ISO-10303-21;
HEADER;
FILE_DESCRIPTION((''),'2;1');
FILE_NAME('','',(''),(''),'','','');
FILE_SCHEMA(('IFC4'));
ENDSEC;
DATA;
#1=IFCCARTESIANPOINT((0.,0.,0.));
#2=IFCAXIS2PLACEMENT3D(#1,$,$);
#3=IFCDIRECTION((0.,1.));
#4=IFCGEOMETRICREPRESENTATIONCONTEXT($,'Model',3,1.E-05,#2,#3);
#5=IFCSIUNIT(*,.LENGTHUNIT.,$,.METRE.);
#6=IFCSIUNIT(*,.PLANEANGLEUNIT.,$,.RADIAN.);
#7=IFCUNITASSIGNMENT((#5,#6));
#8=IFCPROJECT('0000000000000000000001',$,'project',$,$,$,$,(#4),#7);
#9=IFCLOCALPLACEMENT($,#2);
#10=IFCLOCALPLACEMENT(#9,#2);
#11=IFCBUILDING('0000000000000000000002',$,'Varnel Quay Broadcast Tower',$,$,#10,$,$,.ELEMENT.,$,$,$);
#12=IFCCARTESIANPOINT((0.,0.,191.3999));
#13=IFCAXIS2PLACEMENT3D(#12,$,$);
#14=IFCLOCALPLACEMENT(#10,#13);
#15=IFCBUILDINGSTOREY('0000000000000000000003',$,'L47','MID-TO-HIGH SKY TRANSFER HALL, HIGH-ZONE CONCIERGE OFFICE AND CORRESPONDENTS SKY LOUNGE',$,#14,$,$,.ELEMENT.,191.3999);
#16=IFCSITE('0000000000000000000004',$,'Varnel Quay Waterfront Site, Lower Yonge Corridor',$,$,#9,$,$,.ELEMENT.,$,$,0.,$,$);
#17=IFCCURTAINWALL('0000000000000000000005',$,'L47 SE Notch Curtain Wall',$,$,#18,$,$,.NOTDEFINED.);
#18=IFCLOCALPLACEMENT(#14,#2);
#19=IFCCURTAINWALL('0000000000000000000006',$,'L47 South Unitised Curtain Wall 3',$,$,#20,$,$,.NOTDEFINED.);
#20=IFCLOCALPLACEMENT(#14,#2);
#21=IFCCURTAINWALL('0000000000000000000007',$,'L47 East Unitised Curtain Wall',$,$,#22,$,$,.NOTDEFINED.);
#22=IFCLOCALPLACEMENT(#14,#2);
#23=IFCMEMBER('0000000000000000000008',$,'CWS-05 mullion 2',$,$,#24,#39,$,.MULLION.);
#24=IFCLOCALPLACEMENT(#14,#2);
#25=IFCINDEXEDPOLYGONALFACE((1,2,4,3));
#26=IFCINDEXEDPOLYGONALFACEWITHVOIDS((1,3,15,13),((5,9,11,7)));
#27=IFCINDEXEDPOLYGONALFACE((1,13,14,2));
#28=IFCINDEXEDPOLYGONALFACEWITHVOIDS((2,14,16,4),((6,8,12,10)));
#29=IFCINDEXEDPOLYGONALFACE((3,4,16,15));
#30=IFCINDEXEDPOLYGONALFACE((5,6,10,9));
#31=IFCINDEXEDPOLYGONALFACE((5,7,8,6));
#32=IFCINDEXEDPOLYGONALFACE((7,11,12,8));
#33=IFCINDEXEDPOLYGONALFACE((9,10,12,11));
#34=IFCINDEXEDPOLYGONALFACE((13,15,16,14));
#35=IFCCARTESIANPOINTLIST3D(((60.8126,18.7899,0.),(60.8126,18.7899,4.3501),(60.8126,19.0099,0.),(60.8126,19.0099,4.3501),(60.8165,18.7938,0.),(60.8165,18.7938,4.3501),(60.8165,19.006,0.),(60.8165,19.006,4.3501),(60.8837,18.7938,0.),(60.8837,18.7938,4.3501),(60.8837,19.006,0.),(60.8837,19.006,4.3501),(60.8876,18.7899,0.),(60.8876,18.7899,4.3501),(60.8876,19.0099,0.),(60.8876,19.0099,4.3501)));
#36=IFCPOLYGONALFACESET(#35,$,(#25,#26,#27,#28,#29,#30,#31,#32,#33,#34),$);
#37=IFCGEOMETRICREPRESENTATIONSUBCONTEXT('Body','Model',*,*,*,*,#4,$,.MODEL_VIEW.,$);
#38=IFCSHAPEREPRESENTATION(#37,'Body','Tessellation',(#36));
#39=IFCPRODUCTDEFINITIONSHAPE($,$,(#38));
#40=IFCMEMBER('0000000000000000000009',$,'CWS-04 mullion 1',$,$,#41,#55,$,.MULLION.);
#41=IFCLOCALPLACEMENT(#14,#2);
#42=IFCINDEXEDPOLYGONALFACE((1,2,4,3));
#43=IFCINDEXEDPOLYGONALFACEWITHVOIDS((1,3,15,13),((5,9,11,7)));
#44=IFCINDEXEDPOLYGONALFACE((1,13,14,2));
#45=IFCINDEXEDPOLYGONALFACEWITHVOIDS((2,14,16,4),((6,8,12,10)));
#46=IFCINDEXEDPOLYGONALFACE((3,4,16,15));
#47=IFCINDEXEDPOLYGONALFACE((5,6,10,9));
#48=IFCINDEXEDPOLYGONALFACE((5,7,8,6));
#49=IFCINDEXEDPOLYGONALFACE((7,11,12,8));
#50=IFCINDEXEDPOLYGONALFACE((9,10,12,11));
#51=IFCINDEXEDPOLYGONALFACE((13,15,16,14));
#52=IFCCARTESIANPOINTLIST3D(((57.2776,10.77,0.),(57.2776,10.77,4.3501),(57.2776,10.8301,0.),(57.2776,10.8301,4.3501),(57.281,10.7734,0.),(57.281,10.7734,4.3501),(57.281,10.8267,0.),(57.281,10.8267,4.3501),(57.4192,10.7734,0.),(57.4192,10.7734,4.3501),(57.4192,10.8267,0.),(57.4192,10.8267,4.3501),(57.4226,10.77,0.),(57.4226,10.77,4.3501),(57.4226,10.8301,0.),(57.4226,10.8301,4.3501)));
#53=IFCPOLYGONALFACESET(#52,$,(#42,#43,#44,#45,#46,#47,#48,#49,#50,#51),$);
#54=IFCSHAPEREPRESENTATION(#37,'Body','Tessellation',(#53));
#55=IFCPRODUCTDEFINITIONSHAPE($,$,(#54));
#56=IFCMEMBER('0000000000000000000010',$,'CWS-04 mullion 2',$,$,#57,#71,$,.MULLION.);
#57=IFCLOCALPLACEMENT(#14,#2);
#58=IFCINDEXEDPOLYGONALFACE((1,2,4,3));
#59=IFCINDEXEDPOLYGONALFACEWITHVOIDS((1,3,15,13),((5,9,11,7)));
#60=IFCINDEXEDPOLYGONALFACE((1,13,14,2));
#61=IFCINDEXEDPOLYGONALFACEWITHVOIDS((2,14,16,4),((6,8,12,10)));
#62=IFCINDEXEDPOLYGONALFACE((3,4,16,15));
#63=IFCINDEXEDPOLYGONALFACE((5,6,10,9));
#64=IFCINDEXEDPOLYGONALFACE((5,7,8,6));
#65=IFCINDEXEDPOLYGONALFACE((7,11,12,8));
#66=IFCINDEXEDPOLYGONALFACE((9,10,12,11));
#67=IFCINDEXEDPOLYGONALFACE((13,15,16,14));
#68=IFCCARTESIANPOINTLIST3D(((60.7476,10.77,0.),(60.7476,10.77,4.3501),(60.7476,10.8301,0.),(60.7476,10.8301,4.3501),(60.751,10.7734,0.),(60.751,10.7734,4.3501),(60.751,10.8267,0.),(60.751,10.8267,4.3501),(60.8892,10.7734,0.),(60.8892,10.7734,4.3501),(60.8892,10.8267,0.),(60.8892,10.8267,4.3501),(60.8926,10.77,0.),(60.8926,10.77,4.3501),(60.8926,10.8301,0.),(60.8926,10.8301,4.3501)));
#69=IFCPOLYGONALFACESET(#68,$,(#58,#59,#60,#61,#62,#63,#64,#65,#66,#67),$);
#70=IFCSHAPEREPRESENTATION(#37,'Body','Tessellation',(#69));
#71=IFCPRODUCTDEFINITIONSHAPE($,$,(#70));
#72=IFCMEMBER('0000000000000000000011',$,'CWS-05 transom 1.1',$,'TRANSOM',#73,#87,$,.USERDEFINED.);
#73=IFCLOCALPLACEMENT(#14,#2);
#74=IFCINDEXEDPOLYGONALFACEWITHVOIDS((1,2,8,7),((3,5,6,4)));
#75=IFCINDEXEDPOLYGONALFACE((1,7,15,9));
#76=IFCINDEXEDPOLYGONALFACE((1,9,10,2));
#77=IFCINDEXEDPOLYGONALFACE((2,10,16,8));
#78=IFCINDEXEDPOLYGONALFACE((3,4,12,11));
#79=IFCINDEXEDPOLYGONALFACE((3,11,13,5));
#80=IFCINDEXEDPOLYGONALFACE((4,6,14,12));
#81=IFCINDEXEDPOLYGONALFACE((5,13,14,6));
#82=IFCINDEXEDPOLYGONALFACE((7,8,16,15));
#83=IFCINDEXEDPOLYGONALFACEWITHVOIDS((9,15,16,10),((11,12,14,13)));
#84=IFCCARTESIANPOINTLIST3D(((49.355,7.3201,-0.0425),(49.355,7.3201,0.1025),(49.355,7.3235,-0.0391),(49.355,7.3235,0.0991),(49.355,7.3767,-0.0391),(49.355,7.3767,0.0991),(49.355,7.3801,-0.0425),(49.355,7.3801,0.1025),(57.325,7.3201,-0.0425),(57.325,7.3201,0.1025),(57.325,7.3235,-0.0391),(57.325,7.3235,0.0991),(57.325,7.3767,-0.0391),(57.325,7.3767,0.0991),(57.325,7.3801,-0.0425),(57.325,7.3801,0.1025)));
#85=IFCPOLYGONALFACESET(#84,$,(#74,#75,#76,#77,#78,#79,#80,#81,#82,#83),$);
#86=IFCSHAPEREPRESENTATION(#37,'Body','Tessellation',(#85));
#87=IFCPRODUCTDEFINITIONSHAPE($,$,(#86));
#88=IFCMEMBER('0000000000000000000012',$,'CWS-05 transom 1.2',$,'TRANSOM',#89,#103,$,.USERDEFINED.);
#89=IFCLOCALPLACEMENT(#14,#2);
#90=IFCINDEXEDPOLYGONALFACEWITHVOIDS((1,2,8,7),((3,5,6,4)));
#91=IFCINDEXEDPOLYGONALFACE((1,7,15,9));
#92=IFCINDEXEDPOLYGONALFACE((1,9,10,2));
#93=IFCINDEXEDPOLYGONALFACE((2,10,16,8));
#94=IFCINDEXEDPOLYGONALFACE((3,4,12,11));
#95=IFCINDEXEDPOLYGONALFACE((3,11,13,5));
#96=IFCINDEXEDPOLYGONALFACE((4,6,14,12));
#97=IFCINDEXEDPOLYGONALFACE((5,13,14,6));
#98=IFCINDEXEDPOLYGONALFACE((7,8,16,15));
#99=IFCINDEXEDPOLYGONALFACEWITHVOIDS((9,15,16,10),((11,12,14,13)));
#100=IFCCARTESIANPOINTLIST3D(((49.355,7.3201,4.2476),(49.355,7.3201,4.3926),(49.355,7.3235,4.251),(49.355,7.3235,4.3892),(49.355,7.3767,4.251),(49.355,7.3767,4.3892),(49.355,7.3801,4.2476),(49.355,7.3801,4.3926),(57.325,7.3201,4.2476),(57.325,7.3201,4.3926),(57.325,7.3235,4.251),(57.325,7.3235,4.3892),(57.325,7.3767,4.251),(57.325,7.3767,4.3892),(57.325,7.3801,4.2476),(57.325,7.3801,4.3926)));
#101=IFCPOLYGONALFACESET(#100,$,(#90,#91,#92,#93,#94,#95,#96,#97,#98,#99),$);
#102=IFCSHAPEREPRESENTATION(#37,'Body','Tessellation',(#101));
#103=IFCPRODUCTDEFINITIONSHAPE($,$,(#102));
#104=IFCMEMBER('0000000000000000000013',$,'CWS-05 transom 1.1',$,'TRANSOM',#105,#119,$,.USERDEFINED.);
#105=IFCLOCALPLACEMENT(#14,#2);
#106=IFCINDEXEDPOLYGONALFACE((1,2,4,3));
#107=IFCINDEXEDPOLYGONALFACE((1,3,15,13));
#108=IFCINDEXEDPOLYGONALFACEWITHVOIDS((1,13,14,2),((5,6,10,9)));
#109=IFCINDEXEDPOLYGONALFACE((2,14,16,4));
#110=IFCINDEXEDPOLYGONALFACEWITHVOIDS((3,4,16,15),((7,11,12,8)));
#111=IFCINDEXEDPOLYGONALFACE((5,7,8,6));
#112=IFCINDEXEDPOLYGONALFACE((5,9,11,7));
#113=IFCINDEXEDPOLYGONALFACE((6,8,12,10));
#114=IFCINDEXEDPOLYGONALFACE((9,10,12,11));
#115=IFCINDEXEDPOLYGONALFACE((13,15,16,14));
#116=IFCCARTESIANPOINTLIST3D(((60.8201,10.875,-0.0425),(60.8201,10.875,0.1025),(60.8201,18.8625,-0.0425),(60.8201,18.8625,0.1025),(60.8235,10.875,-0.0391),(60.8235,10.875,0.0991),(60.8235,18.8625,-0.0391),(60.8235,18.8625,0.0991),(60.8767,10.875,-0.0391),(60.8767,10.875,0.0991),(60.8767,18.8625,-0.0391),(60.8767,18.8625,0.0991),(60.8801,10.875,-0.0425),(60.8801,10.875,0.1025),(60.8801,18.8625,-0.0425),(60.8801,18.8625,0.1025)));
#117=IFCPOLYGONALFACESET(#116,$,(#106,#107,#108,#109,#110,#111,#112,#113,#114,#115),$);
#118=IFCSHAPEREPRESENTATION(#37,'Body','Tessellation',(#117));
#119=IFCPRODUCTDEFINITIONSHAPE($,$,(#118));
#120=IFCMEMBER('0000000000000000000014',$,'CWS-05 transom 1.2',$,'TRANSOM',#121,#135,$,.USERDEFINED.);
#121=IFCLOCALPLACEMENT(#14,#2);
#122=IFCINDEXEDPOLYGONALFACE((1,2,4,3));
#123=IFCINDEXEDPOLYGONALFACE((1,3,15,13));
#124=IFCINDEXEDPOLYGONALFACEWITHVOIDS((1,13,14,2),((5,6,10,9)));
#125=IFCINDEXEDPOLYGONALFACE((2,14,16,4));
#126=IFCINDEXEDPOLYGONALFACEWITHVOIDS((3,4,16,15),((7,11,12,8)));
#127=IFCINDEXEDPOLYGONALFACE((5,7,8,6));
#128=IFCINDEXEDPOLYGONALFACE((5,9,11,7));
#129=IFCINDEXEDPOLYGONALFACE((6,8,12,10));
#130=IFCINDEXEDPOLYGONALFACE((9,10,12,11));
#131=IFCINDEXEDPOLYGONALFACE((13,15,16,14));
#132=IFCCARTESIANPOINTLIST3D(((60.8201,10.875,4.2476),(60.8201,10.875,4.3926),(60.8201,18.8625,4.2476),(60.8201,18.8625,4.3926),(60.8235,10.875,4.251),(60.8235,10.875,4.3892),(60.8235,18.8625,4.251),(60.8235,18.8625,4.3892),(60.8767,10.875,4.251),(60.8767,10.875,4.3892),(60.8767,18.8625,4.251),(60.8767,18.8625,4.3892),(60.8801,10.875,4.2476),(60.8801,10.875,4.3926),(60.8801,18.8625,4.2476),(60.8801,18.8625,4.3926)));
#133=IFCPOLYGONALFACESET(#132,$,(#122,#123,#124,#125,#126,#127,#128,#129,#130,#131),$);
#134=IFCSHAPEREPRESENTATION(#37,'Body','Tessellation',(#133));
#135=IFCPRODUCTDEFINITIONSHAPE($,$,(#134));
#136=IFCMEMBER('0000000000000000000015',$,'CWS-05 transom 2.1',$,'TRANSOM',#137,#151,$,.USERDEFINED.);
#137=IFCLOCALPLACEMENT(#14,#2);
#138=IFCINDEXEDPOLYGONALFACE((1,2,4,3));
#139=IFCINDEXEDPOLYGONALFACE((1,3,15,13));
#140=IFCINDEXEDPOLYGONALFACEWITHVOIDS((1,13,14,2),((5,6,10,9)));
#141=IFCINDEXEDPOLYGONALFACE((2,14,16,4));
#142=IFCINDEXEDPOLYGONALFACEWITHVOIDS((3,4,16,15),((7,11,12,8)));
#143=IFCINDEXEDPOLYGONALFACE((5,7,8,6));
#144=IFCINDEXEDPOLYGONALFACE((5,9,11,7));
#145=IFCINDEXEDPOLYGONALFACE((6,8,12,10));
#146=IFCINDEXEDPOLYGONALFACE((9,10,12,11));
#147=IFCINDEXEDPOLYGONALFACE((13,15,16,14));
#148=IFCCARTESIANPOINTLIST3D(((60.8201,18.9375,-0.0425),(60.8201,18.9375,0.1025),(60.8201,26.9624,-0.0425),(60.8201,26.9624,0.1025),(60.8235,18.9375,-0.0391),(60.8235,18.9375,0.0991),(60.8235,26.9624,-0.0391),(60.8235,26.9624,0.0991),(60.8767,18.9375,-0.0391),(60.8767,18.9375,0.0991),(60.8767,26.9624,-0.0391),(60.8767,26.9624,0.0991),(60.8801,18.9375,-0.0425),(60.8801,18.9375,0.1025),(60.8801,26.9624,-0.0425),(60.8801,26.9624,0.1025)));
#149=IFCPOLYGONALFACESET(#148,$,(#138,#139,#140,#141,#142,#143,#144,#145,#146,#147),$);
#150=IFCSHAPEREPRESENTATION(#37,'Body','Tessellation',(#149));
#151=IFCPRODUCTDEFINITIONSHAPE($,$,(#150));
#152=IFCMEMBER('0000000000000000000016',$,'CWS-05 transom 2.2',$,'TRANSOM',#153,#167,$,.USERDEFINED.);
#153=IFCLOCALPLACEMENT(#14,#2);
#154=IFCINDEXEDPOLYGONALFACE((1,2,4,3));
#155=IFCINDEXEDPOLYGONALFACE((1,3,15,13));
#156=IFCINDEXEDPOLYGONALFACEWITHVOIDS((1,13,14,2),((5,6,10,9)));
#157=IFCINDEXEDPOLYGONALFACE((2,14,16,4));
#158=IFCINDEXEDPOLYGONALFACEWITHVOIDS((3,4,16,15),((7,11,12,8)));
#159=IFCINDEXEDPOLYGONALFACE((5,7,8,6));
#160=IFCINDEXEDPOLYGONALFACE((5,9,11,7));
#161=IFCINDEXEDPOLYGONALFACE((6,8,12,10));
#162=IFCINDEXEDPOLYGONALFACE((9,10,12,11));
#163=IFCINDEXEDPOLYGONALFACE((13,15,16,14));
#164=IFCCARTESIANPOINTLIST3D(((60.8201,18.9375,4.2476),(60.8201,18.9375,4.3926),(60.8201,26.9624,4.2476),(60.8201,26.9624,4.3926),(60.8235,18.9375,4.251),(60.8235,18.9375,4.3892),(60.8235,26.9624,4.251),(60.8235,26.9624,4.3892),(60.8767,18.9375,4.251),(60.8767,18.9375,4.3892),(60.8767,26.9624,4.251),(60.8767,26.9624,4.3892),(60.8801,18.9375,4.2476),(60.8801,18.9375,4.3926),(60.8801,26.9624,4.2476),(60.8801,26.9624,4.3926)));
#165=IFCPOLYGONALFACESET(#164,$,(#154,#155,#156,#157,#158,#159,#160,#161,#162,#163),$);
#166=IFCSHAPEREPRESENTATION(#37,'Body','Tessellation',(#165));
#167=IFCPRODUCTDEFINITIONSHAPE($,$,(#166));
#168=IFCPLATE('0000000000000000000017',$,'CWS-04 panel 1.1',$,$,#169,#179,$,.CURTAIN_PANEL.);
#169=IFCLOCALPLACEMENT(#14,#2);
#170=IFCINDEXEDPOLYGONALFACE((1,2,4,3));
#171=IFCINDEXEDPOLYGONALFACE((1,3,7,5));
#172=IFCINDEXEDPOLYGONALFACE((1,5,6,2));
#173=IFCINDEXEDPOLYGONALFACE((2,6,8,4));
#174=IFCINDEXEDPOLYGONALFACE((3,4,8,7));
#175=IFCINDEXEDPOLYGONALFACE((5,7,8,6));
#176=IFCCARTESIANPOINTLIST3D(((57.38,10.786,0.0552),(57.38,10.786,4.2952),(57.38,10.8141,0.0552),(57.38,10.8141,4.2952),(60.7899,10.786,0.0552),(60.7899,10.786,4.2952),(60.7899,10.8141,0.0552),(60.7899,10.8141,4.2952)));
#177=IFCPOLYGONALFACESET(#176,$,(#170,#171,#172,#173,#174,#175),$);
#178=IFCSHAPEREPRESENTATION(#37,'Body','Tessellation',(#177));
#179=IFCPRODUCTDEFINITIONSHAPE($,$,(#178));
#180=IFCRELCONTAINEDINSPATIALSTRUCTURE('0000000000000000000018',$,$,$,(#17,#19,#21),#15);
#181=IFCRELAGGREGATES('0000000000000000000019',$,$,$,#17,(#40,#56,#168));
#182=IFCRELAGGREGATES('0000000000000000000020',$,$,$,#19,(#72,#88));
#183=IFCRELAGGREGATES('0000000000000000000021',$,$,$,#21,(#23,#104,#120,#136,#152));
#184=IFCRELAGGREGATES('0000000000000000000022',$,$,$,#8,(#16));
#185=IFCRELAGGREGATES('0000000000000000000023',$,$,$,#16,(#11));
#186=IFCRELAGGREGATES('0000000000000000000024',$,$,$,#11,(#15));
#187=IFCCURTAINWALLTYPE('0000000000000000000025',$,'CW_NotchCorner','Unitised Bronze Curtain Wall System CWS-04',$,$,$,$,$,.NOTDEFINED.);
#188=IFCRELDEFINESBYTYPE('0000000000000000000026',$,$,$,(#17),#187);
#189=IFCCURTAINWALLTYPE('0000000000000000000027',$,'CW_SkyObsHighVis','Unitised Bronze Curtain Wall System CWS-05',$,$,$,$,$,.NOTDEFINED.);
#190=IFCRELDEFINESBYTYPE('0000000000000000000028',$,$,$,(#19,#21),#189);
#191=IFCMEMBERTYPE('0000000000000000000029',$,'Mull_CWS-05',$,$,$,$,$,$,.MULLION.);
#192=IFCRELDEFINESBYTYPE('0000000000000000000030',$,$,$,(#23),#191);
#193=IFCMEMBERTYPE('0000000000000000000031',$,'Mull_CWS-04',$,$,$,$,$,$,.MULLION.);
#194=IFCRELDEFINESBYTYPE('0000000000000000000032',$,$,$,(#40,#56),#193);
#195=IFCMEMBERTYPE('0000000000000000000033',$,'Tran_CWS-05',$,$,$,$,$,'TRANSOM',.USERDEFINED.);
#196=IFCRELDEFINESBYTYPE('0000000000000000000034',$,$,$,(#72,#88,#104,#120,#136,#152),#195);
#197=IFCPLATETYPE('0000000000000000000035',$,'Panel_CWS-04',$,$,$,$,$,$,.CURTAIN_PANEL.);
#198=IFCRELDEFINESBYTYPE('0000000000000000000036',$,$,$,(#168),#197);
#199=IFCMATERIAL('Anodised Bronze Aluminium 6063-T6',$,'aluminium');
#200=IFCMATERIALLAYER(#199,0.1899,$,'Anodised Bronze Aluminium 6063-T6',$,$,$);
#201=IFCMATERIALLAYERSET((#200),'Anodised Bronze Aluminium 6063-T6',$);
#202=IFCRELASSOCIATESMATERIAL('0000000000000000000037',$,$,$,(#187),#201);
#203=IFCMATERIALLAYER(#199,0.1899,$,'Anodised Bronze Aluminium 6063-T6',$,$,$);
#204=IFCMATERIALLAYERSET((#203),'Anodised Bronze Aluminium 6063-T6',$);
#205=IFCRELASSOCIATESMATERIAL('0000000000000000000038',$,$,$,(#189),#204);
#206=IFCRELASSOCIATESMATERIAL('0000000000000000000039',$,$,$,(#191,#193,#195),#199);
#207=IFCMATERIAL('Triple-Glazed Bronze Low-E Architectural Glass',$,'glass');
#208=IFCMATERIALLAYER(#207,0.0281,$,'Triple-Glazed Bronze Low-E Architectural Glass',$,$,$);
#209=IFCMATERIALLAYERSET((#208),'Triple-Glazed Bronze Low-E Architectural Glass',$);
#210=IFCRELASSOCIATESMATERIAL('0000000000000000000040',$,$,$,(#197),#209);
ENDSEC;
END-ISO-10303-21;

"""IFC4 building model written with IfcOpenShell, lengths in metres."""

from ifc_helpers import new_model, si_unit, direction, frame, origin, origin_2d, place, context, subcontext, project, spatial, rectangle, hollow_rectangle, extrude, source, transform, mapped, material, layer, layer_set, material_profile, profile_set, type_object, type_shapes, element, aggregate, save


model = new_model("IFC4")

# Units and contexts
model_context = context("Model", 3, precision=1e-05, world=origin(), true_north=direction((0.0, 1.0)))
body_context = subcontext(model_context, "Body", "Model", "MODEL_VIEW")
ifc_project = project(units=[si_unit("LENGTHUNIT", "METRE"), si_unit("PLANEANGLEUNIT", "RADIAN")], contexts=[model_context])

# Site, building, storey
site_placement = place(None, origin())
site = spatial("IfcSite", under=ifc_project, at=site_placement, Name="Varnel Quay Waterfront Site, Lower Yonge Corridor", CompositionType="ELEMENT", RefElevation=0.0)
building_placement = place(site_placement, origin())
building = spatial("IfcBuilding", under=site, at=building_placement, Name="Varnel Quay Broadcast Tower", CompositionType="ELEMENT")
storey_placement = place(building_placement, frame((0.0, 0.0, 191.3999)))
storey = spatial("IfcBuildingStorey", under=building, at=storey_placement, Name="L47", Description="MID-TO-HIGH SKY TRANSFER HALL, HIGH-ZONE CONCIERGE OFFICE AND CORRESPONDENTS SKY LOUNGE", CompositionType="ELEMENT", Elevation=191.3999)

# Curtain walls, member
ifc_material_1 = material(Name="Anodised Bronze Aluminium 6063-T6", Category="aluminium")
ifc_layer_1 = layer(ifc_material_1, 0.1899, Name="Anodised Bronze Aluminium 6063-T6")
ifc_layer_set_1 = layer_set([ifc_layer_1], Name="Anodised Bronze Aluminium 6063-T6")
curtain_wall_type_1 = type_object("IfcCurtainWallType", Name="CW_NotchCorner", Description="Unitised Bronze Curtain Wall System CWS-04", PredefinedType="NOTDEFINED", material=ifc_layer_set_1)
curtain_wall_1_placement = place(storey_placement, origin())
curtain_wall_1 = element("IfcCurtainWall", 1, at=curtain_wall_1_placement, inside=storey, type_object=curtain_wall_type_1, Name="L47 SE Notch Curtain Wall", PredefinedType="NOTDEFINED")
ifc_layer_2 = layer(ifc_material_1, 0.1899, Name="Anodised Bronze Aluminium 6063-T6")
ifc_layer_set_2 = layer_set([ifc_layer_2], Name="Anodised Bronze Aluminium 6063-T6")
curtain_wall_type_2 = type_object("IfcCurtainWallType", Name="CW_SkyObsHighVis", Description="Unitised Bronze Curtain Wall System CWS-05", PredefinedType="NOTDEFINED", material=ifc_layer_set_2)
curtain_wall_2_placement = place(storey_placement, origin())
curtain_wall_2 = element("IfcCurtainWall", 2, at=curtain_wall_2_placement, inside=storey, type_object=curtain_wall_type_2, Name="L47 South Unitised Curtain Wall 3", PredefinedType="NOTDEFINED")
ifc_material_profile_1 = material_profile(ifc_material_1, hollow_rectangle(XDim=0.075, YDim=0.22, WallThickness=0.0039, at=origin_2d()), Name="ALU75X220X4")
ifc_profile_set_1 = profile_set([ifc_material_profile_1], Name="Anodised Bronze Aluminium 6063-T6")
member_type_1 = type_object("IfcMemberType", Name="Mull_CWS-05", PredefinedType="MULLION", material=ifc_profile_set_1)
shared_shape_1 = source(origin(), body_context, "Body", "SweptSolid", [
    extrude(hollow_rectangle(XDim=0.075, YDim=0.22, WallThickness=0.0039, at=origin_2d()), origin(), (0.0, 0.0, 1.0), 4.3501),
])
type_shapes(member_type_1, [shared_shape_1])
curtain_wall_3_placement = place(storey_placement, origin())
curtain_wall_3 = element("IfcCurtainWall", 3, at=curtain_wall_3_placement, inside=storey, type_object=curtain_wall_type_2, Name="L47 East Unitised Curtain Wall", PredefinedType="NOTDEFINED")
member_1_placement = place(storey_placement, frame((60.8501, 18.8999, 0.0), z_axis=(0.0, 0.0, 1.0), x_axis=(-1.0, 0.0, 0.0)))
member_1 = element("IfcMember", 4, at=member_1_placement, type_object=member_type_1, Name="CWS-05 mullion 2", PredefinedType="MULLION", context=body_context, shape_type="MappedRepresentation", body=[
    mapped(shared_shape_1, transform((0.0, 0.0, 0.0), x_axis=(1.0, 0.0, 0.0), y_axis=(0.0, 1.0, 0.0), z_axis=(0.0, 0.0, 1.0), scale=1.0)),
])

# Members
ifc_material_profile_2 = material_profile(ifc_material_1, hollow_rectangle(XDim=0.0601, YDim=0.145, WallThickness=0.0034, at=origin_2d()), Name="ALU60X145X3.5")
ifc_profile_set_2 = profile_set([ifc_material_profile_2], Name="Anodised Bronze Aluminium 6063-T6")
member_type_2 = type_object("IfcMemberType", Name="Mull_CWS-04", PredefinedType="MULLION", material=ifc_profile_set_2)
shared_shape_2 = source(origin(), body_context, "Body", "SweptSolid", [
    extrude(hollow_rectangle(XDim=0.0601, YDim=0.145, WallThickness=0.0034, at=origin_2d()), origin(), (0.0, 0.0, 1.0), 4.3501),
])
type_shapes(member_type_2, [shared_shape_2])
member_2_placement = place(storey_placement, frame((57.3501, 10.8, 0.0), z_axis=(0.0, 0.0, 1.0), x_axis=(0.0, 1.0, 0.0)))
member_2 = element("IfcMember", 5, at=member_2_placement, type_object=member_type_2, Name="CWS-04 mullion 1", PredefinedType="MULLION", context=body_context, shape_type="MappedRepresentation", body=[
    mapped(shared_shape_2, transform((0.0, 0.0, 0.0), x_axis=(1.0, 0.0, 0.0), y_axis=(0.0, 1.0, 0.0), z_axis=(0.0, 0.0, 1.0), scale=1.0)),
])
member_3_placement = place(storey_placement, frame((60.8201, 10.8, 0.0), z_axis=(0.0, 0.0, 1.0), x_axis=(0.0, 1.0, 0.0)))
member_3 = element("IfcMember", 6, at=member_3_placement, type_object=member_type_2, Name="CWS-04 mullion 2", PredefinedType="MULLION", context=body_context, shape_type="MappedRepresentation", body=[
    mapped(shared_shape_2, transform((0.0, 0.0, 0.0), x_axis=(1.0, 0.0, 0.0), y_axis=(0.0, 1.0, 0.0), z_axis=(0.0, 0.0, 1.0), scale=1.0)),
])
ifc_material_profile_3 = material_profile(ifc_material_1, hollow_rectangle(XDim=0.0601, YDim=0.145, WallThickness=0.0034, at=origin_2d()), Name="ALU60X145X3.5")
ifc_profile_set_3 = profile_set([ifc_material_profile_3], Name="Anodised Bronze Aluminium 6063-T6")
member_type_3 = type_object("IfcMemberType", Name="Tran_CWS-05", ElementType="TRANSOM", PredefinedType="USERDEFINED", material=ifc_profile_set_3)
shared_shape_3 = source(origin(), body_context, "Body", "SweptSolid", [
    extrude(hollow_rectangle(XDim=0.0601, YDim=0.145, WallThickness=0.0034, at=origin_2d()), origin(), (0.0, 0.0, 1.0), 7.97),
])
member_4_placement = place(storey_placement, frame((49.355, 7.3501, 0.03), z_axis=(1.0, 0.0, 0.0), x_axis=(0.0, 1.0, 0.0)))
member_4 = element("IfcMember", 7, at=member_4_placement, type_object=member_type_3, Name="CWS-05 transom 1.1", ObjectType="TRANSOM", PredefinedType="USERDEFINED", context=body_context, shape_type="MappedRepresentation", body=[
    mapped(shared_shape_3, transform((0.0, 0.0, 0.0), x_axis=(1.0, 0.0, 0.0), y_axis=(0.0, 1.0, 0.0), z_axis=(0.0, 0.0, 1.0), scale=1.0)),
])
member_5_placement = place(storey_placement, frame((49.355, 7.3501, 4.3201), z_axis=(1.0, 0.0, 0.0), x_axis=(0.0, 1.0, 0.0)))
member_5 = element("IfcMember", 8, at=member_5_placement, type_object=member_type_3, Name="CWS-05 transom 1.2", ObjectType="TRANSOM", PredefinedType="USERDEFINED", context=body_context, shape_type="MappedRepresentation", body=[
    mapped(shared_shape_3, transform((0.0, 0.0, 0.0), x_axis=(1.0, 0.0, 0.0), y_axis=(0.0, 1.0, 0.0), z_axis=(0.0, 0.0, 1.0), scale=1.0)),
])
shared_shape_4 = source(origin(), body_context, "Body", "SweptSolid", [
    extrude(hollow_rectangle(XDim=0.0601, YDim=0.145, WallThickness=0.0034, at=origin_2d()), origin(), (0.0, 0.0, 1.0), 7.9875),
])
member_6_placement = place(storey_placement, frame((60.8501, 10.875, 0.03), z_axis=(0.0, 1.0, 0.0), x_axis=(-1.0, 0.0, 0.0)))
member_6 = element("IfcMember", 9, at=member_6_placement, type_object=member_type_3, Name="CWS-05 transom 1.1", ObjectType="TRANSOM", PredefinedType="USERDEFINED", context=body_context, shape_type="MappedRepresentation", body=[
    mapped(shared_shape_4, transform((0.0, 0.0, 0.0), x_axis=(1.0, 0.0, 0.0), y_axis=(0.0, 1.0, 0.0), z_axis=(0.0, 0.0, 1.0), scale=1.0)),
])
member_7_placement = place(storey_placement, frame((60.8501, 10.875, 4.3201), z_axis=(0.0, 1.0, 0.0), x_axis=(-1.0, 0.0, 0.0)))
member_7 = element("IfcMember", 10, at=member_7_placement, type_object=member_type_3, Name="CWS-05 transom 1.2", ObjectType="TRANSOM", PredefinedType="USERDEFINED", context=body_context, shape_type="MappedRepresentation", body=[
    mapped(shared_shape_4, transform((0.0, 0.0, 0.0), x_axis=(1.0, 0.0, 0.0), y_axis=(0.0, 1.0, 0.0), z_axis=(0.0, 0.0, 1.0), scale=1.0)),
])
shared_shape_5 = source(origin(), body_context, "Body", "SweptSolid", [
    extrude(hollow_rectangle(XDim=0.0601, YDim=0.145, WallThickness=0.0034, at=origin_2d()), origin(), (0.0, 0.0, 1.0), 8.0249),
])
type_shapes(member_type_3, [shared_shape_3, shared_shape_4, shared_shape_5])
member_8_placement = place(storey_placement, frame((60.8501, 18.9375, 0.03), z_axis=(0.0, 1.0, 0.0), x_axis=(-1.0, 0.0, 0.0)))
member_8 = element("IfcMember", 11, at=member_8_placement, type_object=member_type_3, Name="CWS-05 transom 2.1", ObjectType="TRANSOM", PredefinedType="USERDEFINED", context=body_context, shape_type="MappedRepresentation", body=[
    mapped(shared_shape_5, transform((0.0, 0.0, 0.0), x_axis=(1.0, 0.0, 0.0), y_axis=(0.0, 1.0, 0.0), z_axis=(0.0, 0.0, 1.0), scale=1.0)),
])
member_9_placement = place(storey_placement, frame((60.8501, 18.9375, 4.3201), z_axis=(0.0, 1.0, 0.0), x_axis=(-1.0, 0.0, 0.0)))
member_9 = element("IfcMember", 12, at=member_9_placement, type_object=member_type_3, Name="CWS-05 transom 2.2", ObjectType="TRANSOM", PredefinedType="USERDEFINED", context=body_context, shape_type="MappedRepresentation", body=[
    mapped(shared_shape_5, transform((0.0, 0.0, 0.0), x_axis=(1.0, 0.0, 0.0), y_axis=(0.0, 1.0, 0.0), z_axis=(0.0, 0.0, 1.0), scale=1.0)),
])

# Plate
ifc_material_2 = material(Name="Triple-Glazed Bronze Low-E Architectural Glass", Category="glass")
ifc_layer_3 = layer(ifc_material_2, 0.0281, Name="Triple-Glazed Bronze Low-E Architectural Glass")
ifc_layer_set_3 = layer_set([ifc_layer_3], Name="Triple-Glazed Bronze Low-E Architectural Glass")
plate_type_1 = type_object("IfcPlateType", Name="Panel_CWS-04", PredefinedType="CURTAIN_PANEL", material=ifc_layer_set_3)
shared_shape_6 = source(origin(), body_context, "Body", "SweptSolid", [
    extrude(rectangle(XDim=3.4099, YDim=0.0281, at=origin_2d()), origin(), (0.0, 0.0, 1.0), 4.24),
])
type_shapes(plate_type_1, [shared_shape_6])
plate_1_placement = place(storey_placement, frame((59.085, 10.8, 0.0552), z_axis=(0.0, 0.0, 1.0), x_axis=(1.0, 0.0, 0.0)))
plate_1 = element("IfcPlate", 13, at=plate_1_placement, type_object=plate_type_1, Name="CWS-04 panel 1.1", PredefinedType="CURTAIN_PANEL", context=body_context, shape_type="MappedRepresentation", body=[
    mapped(shared_shape_6, transform((0.0, 0.0, 0.0), x_axis=(1.0, 0.0, 0.0), y_axis=(0.0, 1.0, 0.0), z_axis=(0.0, 0.0, 1.0), scale=1.0)),
])
aggregate(curtain_wall_1, [member_2, member_3, plate_1])
aggregate(curtain_wall_2, [member_4, member_5])
aggregate(curtain_wall_3, [member_1, member_6, member_7, member_8, member_9])

save(model, "model.ifc")
